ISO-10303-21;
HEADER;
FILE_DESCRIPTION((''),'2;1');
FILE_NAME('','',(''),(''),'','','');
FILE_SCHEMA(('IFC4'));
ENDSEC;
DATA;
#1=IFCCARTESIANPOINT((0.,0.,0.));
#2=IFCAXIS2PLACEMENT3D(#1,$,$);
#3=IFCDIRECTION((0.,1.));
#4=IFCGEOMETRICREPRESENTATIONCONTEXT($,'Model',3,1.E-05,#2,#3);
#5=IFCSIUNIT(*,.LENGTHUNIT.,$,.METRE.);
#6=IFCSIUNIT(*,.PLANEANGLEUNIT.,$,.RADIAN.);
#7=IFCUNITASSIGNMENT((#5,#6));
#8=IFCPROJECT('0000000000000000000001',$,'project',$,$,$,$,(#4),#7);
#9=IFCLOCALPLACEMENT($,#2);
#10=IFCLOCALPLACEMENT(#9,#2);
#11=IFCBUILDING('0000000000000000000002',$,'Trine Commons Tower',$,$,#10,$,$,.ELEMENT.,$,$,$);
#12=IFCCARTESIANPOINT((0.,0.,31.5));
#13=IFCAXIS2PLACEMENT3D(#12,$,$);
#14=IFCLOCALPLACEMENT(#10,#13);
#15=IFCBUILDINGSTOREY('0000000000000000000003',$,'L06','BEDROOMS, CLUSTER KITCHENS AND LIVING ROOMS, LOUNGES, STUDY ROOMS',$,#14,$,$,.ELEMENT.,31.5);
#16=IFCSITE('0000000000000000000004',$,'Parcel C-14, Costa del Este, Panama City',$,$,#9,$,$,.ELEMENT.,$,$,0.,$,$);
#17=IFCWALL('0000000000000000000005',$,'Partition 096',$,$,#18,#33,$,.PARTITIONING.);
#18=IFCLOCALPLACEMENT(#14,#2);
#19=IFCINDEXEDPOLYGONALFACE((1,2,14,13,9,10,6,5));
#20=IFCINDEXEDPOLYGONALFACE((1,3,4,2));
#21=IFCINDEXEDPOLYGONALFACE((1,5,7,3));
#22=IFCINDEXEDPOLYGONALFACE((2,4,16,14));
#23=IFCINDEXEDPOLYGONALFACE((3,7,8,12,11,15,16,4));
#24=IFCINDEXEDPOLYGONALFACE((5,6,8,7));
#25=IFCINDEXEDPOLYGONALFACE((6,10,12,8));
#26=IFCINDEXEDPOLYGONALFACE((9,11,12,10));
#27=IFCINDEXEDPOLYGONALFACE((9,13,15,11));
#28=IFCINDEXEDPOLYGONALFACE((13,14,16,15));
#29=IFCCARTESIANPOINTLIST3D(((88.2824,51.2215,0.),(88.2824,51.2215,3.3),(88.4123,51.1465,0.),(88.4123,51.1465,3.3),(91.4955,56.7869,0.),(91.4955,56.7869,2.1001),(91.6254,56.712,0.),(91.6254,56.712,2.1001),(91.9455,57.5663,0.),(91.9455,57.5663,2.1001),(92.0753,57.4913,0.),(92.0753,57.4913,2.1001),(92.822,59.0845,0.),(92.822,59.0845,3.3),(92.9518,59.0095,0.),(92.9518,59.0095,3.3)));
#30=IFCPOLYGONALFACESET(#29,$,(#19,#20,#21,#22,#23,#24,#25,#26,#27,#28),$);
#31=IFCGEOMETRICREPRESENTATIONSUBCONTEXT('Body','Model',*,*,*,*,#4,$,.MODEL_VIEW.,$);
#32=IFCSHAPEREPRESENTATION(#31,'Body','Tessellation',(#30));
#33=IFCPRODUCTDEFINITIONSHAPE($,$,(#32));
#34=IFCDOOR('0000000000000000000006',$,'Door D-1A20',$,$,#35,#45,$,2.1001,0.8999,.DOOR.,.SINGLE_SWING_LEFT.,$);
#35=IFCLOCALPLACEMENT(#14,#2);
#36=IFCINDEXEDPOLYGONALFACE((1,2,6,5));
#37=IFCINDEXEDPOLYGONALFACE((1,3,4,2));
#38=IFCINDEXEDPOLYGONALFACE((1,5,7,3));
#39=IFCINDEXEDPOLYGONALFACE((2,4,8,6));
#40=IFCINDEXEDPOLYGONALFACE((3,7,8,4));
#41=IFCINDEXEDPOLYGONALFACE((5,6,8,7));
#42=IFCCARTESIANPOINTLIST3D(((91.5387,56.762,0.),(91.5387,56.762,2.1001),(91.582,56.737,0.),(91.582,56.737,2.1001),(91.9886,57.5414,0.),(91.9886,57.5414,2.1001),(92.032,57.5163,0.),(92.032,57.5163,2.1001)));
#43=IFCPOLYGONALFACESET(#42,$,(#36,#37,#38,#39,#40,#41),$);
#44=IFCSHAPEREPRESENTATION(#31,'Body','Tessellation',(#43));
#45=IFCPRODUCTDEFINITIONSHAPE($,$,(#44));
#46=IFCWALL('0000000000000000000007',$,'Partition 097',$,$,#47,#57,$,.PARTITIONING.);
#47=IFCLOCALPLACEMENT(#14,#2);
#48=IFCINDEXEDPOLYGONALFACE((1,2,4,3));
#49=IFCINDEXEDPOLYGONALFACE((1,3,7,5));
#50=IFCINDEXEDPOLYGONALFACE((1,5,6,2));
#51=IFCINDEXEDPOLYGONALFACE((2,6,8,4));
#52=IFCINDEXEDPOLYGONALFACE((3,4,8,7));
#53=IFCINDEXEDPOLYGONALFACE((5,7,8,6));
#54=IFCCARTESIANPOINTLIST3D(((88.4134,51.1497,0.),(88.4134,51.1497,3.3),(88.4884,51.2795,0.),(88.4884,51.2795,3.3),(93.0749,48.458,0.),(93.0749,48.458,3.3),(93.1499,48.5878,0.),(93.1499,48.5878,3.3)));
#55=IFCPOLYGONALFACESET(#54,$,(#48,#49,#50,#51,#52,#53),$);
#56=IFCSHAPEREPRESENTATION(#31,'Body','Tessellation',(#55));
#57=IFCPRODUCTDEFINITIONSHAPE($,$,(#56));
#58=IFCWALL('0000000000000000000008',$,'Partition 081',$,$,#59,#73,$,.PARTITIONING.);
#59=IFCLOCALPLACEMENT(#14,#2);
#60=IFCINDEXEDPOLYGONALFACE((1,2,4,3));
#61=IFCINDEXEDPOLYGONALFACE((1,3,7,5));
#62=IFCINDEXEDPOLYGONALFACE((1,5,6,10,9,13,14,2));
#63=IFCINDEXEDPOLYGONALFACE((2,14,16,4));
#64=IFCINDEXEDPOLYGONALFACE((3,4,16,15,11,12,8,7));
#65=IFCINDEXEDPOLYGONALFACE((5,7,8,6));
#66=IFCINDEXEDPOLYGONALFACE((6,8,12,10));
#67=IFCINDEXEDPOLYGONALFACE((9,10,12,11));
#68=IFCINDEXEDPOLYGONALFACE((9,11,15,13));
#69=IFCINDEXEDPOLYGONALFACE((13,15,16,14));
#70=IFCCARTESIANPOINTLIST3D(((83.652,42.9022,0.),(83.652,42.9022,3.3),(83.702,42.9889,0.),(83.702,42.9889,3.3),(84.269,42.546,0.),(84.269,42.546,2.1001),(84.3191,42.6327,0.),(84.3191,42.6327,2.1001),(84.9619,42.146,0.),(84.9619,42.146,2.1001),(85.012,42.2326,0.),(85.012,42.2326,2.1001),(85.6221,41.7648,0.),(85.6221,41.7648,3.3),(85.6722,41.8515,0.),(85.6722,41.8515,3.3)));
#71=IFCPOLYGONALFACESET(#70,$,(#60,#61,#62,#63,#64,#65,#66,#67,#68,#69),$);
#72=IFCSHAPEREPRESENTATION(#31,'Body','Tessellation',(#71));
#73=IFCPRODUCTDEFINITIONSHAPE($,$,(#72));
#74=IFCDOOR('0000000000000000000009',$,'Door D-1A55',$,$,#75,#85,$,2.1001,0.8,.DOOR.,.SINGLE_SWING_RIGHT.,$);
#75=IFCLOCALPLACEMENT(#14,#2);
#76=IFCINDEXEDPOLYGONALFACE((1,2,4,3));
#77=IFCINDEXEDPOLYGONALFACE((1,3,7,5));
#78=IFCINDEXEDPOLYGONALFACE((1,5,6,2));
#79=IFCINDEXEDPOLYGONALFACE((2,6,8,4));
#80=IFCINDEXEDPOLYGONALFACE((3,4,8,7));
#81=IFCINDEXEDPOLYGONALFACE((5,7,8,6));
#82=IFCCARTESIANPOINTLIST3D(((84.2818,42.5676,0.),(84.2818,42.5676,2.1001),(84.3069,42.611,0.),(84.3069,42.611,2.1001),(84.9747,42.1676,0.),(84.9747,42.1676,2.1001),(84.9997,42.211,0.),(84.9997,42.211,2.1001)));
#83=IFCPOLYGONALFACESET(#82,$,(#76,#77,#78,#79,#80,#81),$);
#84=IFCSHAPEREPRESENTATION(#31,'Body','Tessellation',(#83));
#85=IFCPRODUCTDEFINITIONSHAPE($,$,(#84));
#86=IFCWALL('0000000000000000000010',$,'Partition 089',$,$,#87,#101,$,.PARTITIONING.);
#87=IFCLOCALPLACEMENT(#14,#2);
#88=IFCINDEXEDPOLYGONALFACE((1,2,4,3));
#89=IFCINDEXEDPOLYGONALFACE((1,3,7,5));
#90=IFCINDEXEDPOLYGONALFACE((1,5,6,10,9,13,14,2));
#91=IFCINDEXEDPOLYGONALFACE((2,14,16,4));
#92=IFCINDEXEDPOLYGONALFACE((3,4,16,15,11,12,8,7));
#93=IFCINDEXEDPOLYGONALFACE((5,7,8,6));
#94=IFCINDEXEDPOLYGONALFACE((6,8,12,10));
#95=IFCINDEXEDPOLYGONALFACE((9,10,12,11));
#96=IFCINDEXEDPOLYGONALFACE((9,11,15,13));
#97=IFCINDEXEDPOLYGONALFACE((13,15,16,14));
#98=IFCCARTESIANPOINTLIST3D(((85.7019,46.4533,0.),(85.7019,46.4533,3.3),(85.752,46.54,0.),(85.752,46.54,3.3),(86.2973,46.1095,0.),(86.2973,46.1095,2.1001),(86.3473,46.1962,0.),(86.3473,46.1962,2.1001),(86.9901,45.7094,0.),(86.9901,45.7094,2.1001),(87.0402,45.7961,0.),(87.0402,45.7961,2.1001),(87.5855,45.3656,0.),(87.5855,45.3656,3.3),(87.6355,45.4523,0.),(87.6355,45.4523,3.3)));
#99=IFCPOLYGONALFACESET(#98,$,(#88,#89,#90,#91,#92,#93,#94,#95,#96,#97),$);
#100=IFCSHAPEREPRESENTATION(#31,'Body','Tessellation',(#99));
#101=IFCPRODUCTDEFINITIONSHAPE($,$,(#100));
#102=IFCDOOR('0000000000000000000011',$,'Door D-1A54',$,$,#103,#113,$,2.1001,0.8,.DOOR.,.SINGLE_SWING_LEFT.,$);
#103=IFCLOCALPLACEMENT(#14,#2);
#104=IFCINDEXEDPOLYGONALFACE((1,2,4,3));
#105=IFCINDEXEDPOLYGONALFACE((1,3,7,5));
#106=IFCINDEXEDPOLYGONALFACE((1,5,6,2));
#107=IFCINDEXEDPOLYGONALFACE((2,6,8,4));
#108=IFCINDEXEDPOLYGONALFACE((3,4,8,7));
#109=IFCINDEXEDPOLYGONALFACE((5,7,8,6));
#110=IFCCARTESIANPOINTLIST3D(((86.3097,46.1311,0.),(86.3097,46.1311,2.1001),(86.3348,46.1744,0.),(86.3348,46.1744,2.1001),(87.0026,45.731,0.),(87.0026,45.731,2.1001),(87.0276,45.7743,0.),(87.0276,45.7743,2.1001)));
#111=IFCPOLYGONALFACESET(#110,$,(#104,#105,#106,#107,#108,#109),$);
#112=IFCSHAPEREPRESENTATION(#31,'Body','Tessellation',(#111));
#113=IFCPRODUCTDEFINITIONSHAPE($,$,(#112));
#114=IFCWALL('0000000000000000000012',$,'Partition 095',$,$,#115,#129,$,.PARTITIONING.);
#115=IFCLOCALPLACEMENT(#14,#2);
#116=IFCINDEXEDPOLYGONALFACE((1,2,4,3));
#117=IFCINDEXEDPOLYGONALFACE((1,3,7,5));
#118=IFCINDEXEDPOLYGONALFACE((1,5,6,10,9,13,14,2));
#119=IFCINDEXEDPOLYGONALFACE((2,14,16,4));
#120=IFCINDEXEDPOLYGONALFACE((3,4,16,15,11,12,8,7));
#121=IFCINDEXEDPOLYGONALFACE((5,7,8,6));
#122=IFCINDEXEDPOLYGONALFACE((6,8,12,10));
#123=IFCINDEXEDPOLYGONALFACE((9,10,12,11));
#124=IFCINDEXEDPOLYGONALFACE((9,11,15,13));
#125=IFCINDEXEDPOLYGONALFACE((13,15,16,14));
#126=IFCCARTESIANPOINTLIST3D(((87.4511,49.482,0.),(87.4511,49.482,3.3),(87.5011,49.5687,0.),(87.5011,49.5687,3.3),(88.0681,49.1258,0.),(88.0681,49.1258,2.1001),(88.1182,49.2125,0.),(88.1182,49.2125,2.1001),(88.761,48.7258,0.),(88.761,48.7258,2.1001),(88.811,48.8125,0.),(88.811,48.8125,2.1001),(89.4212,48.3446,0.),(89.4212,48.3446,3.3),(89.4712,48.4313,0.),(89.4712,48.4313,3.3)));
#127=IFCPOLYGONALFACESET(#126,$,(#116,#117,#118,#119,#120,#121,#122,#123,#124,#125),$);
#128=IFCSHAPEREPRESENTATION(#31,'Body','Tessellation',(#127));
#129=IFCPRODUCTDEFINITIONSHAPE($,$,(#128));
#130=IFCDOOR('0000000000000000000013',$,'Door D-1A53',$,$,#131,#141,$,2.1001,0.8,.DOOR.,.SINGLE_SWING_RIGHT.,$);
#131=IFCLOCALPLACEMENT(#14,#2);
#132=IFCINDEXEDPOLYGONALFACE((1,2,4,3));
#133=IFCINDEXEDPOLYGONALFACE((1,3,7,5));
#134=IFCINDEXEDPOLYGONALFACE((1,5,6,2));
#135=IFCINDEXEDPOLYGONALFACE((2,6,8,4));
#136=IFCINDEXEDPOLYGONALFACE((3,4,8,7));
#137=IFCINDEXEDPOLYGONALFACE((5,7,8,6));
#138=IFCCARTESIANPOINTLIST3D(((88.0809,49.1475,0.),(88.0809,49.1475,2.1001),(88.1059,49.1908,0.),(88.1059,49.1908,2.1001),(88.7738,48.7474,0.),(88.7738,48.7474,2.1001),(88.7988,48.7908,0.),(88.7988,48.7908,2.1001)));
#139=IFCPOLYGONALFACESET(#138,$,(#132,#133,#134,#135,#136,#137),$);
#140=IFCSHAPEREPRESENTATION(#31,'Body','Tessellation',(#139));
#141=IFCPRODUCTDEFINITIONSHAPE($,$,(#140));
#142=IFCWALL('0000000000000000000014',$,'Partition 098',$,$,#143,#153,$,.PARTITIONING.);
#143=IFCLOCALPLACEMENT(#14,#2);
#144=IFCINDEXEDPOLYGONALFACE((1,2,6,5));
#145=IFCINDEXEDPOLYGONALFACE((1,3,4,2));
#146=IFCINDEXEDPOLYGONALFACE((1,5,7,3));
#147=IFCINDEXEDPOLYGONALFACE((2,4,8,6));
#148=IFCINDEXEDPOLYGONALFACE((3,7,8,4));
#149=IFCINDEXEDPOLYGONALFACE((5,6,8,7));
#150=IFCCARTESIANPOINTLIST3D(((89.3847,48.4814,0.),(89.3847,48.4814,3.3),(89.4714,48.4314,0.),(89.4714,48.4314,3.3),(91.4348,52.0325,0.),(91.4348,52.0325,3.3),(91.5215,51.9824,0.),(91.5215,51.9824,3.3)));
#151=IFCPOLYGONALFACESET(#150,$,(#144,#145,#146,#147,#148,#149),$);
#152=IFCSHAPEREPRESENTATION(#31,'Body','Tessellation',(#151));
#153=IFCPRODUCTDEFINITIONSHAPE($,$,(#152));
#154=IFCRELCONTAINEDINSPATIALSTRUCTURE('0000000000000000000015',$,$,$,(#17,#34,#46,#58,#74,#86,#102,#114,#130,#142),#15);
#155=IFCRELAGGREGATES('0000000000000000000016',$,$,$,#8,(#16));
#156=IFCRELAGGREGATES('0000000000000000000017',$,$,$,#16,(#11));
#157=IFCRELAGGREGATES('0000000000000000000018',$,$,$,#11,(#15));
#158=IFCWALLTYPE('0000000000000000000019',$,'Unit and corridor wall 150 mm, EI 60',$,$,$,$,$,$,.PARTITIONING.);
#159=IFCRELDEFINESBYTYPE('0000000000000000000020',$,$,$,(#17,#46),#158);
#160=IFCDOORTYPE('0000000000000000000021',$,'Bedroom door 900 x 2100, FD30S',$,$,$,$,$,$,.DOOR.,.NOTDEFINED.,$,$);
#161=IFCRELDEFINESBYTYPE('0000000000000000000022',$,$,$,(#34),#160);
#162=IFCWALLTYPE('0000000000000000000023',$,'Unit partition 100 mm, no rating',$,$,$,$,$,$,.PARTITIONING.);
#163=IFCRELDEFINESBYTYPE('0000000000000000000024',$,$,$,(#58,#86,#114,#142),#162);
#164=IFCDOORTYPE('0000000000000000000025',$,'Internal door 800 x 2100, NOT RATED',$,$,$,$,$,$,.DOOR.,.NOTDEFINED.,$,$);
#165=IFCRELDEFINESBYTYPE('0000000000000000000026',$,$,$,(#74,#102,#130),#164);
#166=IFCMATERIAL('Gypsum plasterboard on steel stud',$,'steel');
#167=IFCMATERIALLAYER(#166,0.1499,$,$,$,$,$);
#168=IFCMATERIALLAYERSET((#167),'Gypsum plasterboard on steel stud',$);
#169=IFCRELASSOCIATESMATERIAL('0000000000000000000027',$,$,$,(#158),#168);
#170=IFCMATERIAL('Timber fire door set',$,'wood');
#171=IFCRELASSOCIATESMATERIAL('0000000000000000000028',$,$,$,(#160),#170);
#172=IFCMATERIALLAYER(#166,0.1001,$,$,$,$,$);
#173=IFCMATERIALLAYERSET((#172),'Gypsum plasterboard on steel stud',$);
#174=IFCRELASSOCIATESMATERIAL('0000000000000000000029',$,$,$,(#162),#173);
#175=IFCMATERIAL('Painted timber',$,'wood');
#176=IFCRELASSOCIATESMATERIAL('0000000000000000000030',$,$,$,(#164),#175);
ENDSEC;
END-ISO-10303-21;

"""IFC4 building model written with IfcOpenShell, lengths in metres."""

from ifc_helpers import new_model, si_unit, direction, frame, frame_2d, origin, place, context, subcontext, project, spatial, rectangle, extrude, material, layer, layer_set, type_object, element, fill, save


model = new_model("IFC4")

# Units and contexts
model_context = context("Model", 3, precision=1e-05, world=origin(), true_north=direction((0.0, 1.0)))
body_context = subcontext(model_context, "Body", "Model", "MODEL_VIEW")
ifc_project = project(units=[si_unit("LENGTHUNIT", "METRE"), si_unit("PLANEANGLEUNIT", "RADIAN")], contexts=[model_context])

# Site, building, storey
site_placement = place(None, origin())
site = spatial("IfcSite", under=ifc_project, at=site_placement, Name="Parcel C-14, Costa del Este, Panama City", CompositionType="ELEMENT", RefElevation=0.0)
building_placement = place(site_placement, origin())
building = spatial("IfcBuilding", under=site, at=building_placement, Name="Trine Commons Tower", CompositionType="ELEMENT")
storey_placement = place(building_placement, frame((0.0, 0.0, 31.5)))
storey = spatial("IfcBuildingStorey", under=building, at=storey_placement, Name="L06", Description="BEDROOMS, CLUSTER KITCHENS AND LIVING ROOMS, LOUNGES, STUDY ROOMS", CompositionType="ELEMENT", Elevation=31.5)

# Shared definitions
ifc_material_1 = material(Name="Gypsum plasterboard on steel stud", Category="steel")
ifc_layer_1 = layer(ifc_material_1, 0.1499)
ifc_layer_set_1 = layer_set([ifc_layer_1], Name="Gypsum plasterboard on steel stud")
wall_type_1 = type_object("IfcWallType", Name="Unit and corridor wall 150 mm, EI 60", PredefinedType="PARTITIONING", material=ifc_layer_set_1)

# Shared definitions
ifc_material_2 = material(Name="Timber fire door set", Category="wood")

# Shared definitions
door_type_1 = type_object("IfcDoorType", Name="Bedroom door 900 x 2100, FD30S", OperationType="NOTDEFINED", PredefinedType="DOOR", material=ifc_material_2)

# Wall, opening, door
wall_1_placement = place(storey_placement, frame((88.3474, 51.1841, 0.0), z_axis=(0.0, 0.0, 1.0), x_axis=(0.499985, 0.866034, 0.0)))
wall_1 = element("IfcWall", 1, at=wall_1_placement, inside=storey, type_object=wall_type_1, Name="Partition 096", PredefinedType="PARTITIONING", context=body_context, shape_type="SweptSolid", body=[
    extrude(rectangle(XDim=9.0793, YDim=0.1499, at=frame_2d((4.5396, 0.0))), origin(), (0.0, 0.0, 1.0), 3.3),
])
opening_1_placement = place(wall_1_placement, frame((6.4263, 0.0, 0.0)))
opening_1 = element("IfcOpeningElement", 2, at=opening_1_placement, cuts=wall_1, PredefinedType="OPENING", context=body_context, shape_type="SweptSolid", body=[
    extrude(rectangle(XDim=0.8999, YDim=2.1001, at=frame_2d((0.45, 1.05))), frame((0.0, 0.085, 0.0), z_axis=(0.0, -1.0, 0.0), x_axis=(1.0, 0.0, 0.0)), (0.0, 0.0, 1.0), 0.1699),
])
door_1_placement = place(opening_1_placement, frame((0.8999, 0.0, 0.0), z_axis=(0.0, 0.0, 1.0), x_axis=(-1.0, 0.0, 0.0)))
door_1 = element("IfcDoor", 3, at=door_1_placement, inside=storey, type_object=door_type_1, Name="Door D-1A20", OperationType="SINGLE_SWING_LEFT", OverallHeight=2.1001, OverallWidth=0.8999, PredefinedType="DOOR", context=body_context, shape_type="SweptSolid", body=[
    extrude(rectangle(XDim=0.8999, YDim=2.1001, at=frame_2d((0.45, 1.05))), frame((0.0, 0.0249, 0.0), z_axis=(0.0, -1.0, 0.0), x_axis=(1.0, 0.0, 0.0)), (0.0, 0.0, 1.0), 0.05),
])
fill(opening_1, door_1)

# Wall
wall_2_placement = place(storey_placement, frame((88.4509, 51.2146, 0.0), z_axis=(0.0, 0.0, 1.0), x_axis=(0.865993, -0.500056, 0.0)))
element("IfcWall", 4, at=wall_2_placement, inside=storey, type_object=wall_type_1, Name="Partition 097", PredefinedType="PARTITIONING", context=body_context, shape_type="SweptSolid", body=[
    extrude(rectangle(XDim=5.3828, YDim=0.1499, at=frame_2d((2.6914, 0.0))), origin(), (0.0, 0.0, 1.0), 3.3),
])

# Walls, openings, doors
ifc_layer_2 = layer(ifc_material_1, 0.1001)
ifc_layer_set_2 = layer_set([ifc_layer_2], Name="Gypsum plasterboard on steel stud")
wall_type_2 = type_object("IfcWallType", Name="Unit partition 100 mm, no rating", PredefinedType="PARTITIONING", material=ifc_layer_set_2)
wall_3_placement = place(storey_placement, frame((83.677, 42.9456, 0.0), z_axis=(0.0, 0.0, 1.0), x_axis=(0.866035, -0.499983, 0.0)))
wall_3 = element("IfcWall", 5, at=wall_3_placement, inside=storey, type_object=wall_type_2, Name="Partition 081", PredefinedType="PARTITIONING", context=body_context, shape_type="SweptSolid", body=[
    extrude(rectangle(XDim=2.2749, YDim=0.1001, at=frame_2d((1.1375, 0.0))), origin(), (0.0, 0.0, 1.0), 3.3),
])
opening_2_placement = place(wall_3_placement, frame((0.7126, 0.0, 0.0)))
opening_2 = element("IfcOpeningElement", 6, at=opening_2_placement, cuts=wall_3, PredefinedType="OPENING", context=body_context, shape_type="SweptSolid", body=[
    extrude(rectangle(XDim=0.8, YDim=2.1001, at=frame_2d((0.3999, 1.05))), frame((0.0, 0.0601, 0.0), z_axis=(0.0, -1.0, 0.0), x_axis=(1.0, 0.0, 0.0)), (0.0, 0.0, 1.0), 0.1201),
])
ifc_material_3 = material(Name="Painted timber", Category="wood")
door_type_2 = type_object("IfcDoorType", Name="Internal door 800 x 2100, NOT RATED", OperationType="NOTDEFINED", PredefinedType="DOOR", material=ifc_material_3)
door_2_placement = place(opening_2_placement, frame((0.8, 0.0, 0.0), z_axis=(0.0, 0.0, 1.0), x_axis=(-1.0, 0.0, 0.0)))
door_2 = element("IfcDoor", 7, at=door_2_placement, inside=storey, type_object=door_type_2, Name="Door D-1A55", OperationType="SINGLE_SWING_RIGHT", OverallHeight=2.1001, OverallWidth=0.8, PredefinedType="DOOR", context=body_context, shape_type="SweptSolid", body=[
    extrude(rectangle(XDim=0.8, YDim=2.1001, at=frame_2d((0.3999, 1.05))), frame((0.0, 0.0249, 0.0), z_axis=(0.0, -1.0, 0.0), x_axis=(1.0, 0.0, 0.0)), (0.0, 0.0, 1.0), 0.05),
])
fill(opening_2, door_2)
wall_4_placement = place(storey_placement, frame((85.7271, 46.4966, 0.0), z_axis=(0.0, 0.0, 1.0), x_axis=(0.865989, -0.500063, 0.0)))
wall_4 = element("IfcWall", 8, at=wall_4_placement, inside=storey, type_object=wall_type_2, Name="Partition 089", PredefinedType="PARTITIONING", context=body_context, shape_type="SweptSolid", body=[
    extrude(rectangle(XDim=2.175, YDim=0.1001, at=frame_2d((1.0874, 0.0))), origin(), (0.0, 0.0, 1.0), 3.3),
])
opening_3_placement = place(wall_4_placement, frame((0.6875, 0.0, 0.0)))
opening_3 = element("IfcOpeningElement", 9, at=opening_3_placement, cuts=wall_4, PredefinedType="OPENING", context=body_context, shape_type="SweptSolid", body=[
    extrude(rectangle(XDim=0.8, YDim=2.1001, at=frame_2d((0.3999, 1.05))), frame((0.0, 0.0601, 0.0), z_axis=(0.0, -1.0, 0.0), x_axis=(1.0, 0.0, 0.0)), (0.0, 0.0, 1.0), 0.1201),
])
door_3_placement = place(opening_3_placement, origin())
door_3 = element("IfcDoor", 10, at=door_3_placement, inside=storey, type_object=door_type_2, Name="Door D-1A54", OperationType="SINGLE_SWING_LEFT", OverallHeight=2.1001, OverallWidth=0.8, PredefinedType="DOOR", context=body_context, shape_type="SweptSolid", body=[
    extrude(rectangle(XDim=0.8, YDim=2.1001, at=frame_2d((0.3999, 1.05))), frame((0.0, 0.0249, 0.0), z_axis=(0.0, -1.0, 0.0), x_axis=(1.0, 0.0, 0.0)), (0.0, 0.0, 1.0), 0.05),
])
fill(opening_3, door_3)
wall_5_placement = place(storey_placement, frame((87.4761, 49.5254, 0.0), z_axis=(0.0, 0.0, 1.0), x_axis=(0.866035, -0.499983, 0.0)))
wall_5 = element("IfcWall", 11, at=wall_5_placement, inside=storey, type_object=wall_type_2, Name="Partition 095", PredefinedType="PARTITIONING", context=body_context, shape_type="SweptSolid", body=[
    extrude(rectangle(XDim=2.2749, YDim=0.1001, at=frame_2d((1.1375, 0.0))), origin(), (0.0, 0.0, 1.0), 3.3),
])
opening_4_placement = place(wall_5_placement, frame((0.7126, 0.0, 0.0)))
opening_4 = element("IfcOpeningElement", 12, at=opening_4_placement, cuts=wall_5, PredefinedType="OPENING", context=body_context, shape_type="SweptSolid", body=[
    extrude(rectangle(XDim=0.8, YDim=2.1001, at=frame_2d((0.3999, 1.05))), frame((0.0, 0.0601, 0.0), z_axis=(0.0, -1.0, 0.0), x_axis=(1.0, 0.0, 0.0)), (0.0, 0.0, 1.0), 0.1201),
])
door_4_placement = place(opening_4_placement, frame((0.8, 0.0, 0.0), z_axis=(0.0, 0.0, 1.0), x_axis=(-1.0, 0.0, 0.0)))
door_4 = element("IfcDoor", 13, at=door_4_placement, inside=storey, type_object=door_type_2, Name="Door D-1A53", OperationType="SINGLE_SWING_RIGHT", OverallHeight=2.1001, OverallWidth=0.8, PredefinedType="DOOR", context=body_context, shape_type="SweptSolid", body=[
    extrude(rectangle(XDim=0.8, YDim=2.1001, at=frame_2d((0.3999, 1.05))), frame((0.0, 0.0249, 0.0), z_axis=(0.0, -1.0, 0.0), x_axis=(1.0, 0.0, 0.0)), (0.0, 0.0, 1.0), 0.05),
])
fill(opening_4, door_4)

# Wall
wall_6_placement = place(storey_placement, frame((89.428, 48.4563, 0.0), z_axis=(0.0, 0.0, 1.0), x_axis=(0.499975, 0.86604, 0.0)))
element("IfcWall", 14, at=wall_6_placement, inside=storey, type_object=wall_type_2, Name="Partition 098", PredefinedType="PARTITIONING", context=body_context, shape_type="SweptSolid", body=[
    extrude(rectangle(XDim=4.1003, YDim=0.1001, at=frame_2d((2.0503, 0.0))), origin(), (0.0, 0.0, 1.0), 3.3),
])

save(model, "model.ifc")
